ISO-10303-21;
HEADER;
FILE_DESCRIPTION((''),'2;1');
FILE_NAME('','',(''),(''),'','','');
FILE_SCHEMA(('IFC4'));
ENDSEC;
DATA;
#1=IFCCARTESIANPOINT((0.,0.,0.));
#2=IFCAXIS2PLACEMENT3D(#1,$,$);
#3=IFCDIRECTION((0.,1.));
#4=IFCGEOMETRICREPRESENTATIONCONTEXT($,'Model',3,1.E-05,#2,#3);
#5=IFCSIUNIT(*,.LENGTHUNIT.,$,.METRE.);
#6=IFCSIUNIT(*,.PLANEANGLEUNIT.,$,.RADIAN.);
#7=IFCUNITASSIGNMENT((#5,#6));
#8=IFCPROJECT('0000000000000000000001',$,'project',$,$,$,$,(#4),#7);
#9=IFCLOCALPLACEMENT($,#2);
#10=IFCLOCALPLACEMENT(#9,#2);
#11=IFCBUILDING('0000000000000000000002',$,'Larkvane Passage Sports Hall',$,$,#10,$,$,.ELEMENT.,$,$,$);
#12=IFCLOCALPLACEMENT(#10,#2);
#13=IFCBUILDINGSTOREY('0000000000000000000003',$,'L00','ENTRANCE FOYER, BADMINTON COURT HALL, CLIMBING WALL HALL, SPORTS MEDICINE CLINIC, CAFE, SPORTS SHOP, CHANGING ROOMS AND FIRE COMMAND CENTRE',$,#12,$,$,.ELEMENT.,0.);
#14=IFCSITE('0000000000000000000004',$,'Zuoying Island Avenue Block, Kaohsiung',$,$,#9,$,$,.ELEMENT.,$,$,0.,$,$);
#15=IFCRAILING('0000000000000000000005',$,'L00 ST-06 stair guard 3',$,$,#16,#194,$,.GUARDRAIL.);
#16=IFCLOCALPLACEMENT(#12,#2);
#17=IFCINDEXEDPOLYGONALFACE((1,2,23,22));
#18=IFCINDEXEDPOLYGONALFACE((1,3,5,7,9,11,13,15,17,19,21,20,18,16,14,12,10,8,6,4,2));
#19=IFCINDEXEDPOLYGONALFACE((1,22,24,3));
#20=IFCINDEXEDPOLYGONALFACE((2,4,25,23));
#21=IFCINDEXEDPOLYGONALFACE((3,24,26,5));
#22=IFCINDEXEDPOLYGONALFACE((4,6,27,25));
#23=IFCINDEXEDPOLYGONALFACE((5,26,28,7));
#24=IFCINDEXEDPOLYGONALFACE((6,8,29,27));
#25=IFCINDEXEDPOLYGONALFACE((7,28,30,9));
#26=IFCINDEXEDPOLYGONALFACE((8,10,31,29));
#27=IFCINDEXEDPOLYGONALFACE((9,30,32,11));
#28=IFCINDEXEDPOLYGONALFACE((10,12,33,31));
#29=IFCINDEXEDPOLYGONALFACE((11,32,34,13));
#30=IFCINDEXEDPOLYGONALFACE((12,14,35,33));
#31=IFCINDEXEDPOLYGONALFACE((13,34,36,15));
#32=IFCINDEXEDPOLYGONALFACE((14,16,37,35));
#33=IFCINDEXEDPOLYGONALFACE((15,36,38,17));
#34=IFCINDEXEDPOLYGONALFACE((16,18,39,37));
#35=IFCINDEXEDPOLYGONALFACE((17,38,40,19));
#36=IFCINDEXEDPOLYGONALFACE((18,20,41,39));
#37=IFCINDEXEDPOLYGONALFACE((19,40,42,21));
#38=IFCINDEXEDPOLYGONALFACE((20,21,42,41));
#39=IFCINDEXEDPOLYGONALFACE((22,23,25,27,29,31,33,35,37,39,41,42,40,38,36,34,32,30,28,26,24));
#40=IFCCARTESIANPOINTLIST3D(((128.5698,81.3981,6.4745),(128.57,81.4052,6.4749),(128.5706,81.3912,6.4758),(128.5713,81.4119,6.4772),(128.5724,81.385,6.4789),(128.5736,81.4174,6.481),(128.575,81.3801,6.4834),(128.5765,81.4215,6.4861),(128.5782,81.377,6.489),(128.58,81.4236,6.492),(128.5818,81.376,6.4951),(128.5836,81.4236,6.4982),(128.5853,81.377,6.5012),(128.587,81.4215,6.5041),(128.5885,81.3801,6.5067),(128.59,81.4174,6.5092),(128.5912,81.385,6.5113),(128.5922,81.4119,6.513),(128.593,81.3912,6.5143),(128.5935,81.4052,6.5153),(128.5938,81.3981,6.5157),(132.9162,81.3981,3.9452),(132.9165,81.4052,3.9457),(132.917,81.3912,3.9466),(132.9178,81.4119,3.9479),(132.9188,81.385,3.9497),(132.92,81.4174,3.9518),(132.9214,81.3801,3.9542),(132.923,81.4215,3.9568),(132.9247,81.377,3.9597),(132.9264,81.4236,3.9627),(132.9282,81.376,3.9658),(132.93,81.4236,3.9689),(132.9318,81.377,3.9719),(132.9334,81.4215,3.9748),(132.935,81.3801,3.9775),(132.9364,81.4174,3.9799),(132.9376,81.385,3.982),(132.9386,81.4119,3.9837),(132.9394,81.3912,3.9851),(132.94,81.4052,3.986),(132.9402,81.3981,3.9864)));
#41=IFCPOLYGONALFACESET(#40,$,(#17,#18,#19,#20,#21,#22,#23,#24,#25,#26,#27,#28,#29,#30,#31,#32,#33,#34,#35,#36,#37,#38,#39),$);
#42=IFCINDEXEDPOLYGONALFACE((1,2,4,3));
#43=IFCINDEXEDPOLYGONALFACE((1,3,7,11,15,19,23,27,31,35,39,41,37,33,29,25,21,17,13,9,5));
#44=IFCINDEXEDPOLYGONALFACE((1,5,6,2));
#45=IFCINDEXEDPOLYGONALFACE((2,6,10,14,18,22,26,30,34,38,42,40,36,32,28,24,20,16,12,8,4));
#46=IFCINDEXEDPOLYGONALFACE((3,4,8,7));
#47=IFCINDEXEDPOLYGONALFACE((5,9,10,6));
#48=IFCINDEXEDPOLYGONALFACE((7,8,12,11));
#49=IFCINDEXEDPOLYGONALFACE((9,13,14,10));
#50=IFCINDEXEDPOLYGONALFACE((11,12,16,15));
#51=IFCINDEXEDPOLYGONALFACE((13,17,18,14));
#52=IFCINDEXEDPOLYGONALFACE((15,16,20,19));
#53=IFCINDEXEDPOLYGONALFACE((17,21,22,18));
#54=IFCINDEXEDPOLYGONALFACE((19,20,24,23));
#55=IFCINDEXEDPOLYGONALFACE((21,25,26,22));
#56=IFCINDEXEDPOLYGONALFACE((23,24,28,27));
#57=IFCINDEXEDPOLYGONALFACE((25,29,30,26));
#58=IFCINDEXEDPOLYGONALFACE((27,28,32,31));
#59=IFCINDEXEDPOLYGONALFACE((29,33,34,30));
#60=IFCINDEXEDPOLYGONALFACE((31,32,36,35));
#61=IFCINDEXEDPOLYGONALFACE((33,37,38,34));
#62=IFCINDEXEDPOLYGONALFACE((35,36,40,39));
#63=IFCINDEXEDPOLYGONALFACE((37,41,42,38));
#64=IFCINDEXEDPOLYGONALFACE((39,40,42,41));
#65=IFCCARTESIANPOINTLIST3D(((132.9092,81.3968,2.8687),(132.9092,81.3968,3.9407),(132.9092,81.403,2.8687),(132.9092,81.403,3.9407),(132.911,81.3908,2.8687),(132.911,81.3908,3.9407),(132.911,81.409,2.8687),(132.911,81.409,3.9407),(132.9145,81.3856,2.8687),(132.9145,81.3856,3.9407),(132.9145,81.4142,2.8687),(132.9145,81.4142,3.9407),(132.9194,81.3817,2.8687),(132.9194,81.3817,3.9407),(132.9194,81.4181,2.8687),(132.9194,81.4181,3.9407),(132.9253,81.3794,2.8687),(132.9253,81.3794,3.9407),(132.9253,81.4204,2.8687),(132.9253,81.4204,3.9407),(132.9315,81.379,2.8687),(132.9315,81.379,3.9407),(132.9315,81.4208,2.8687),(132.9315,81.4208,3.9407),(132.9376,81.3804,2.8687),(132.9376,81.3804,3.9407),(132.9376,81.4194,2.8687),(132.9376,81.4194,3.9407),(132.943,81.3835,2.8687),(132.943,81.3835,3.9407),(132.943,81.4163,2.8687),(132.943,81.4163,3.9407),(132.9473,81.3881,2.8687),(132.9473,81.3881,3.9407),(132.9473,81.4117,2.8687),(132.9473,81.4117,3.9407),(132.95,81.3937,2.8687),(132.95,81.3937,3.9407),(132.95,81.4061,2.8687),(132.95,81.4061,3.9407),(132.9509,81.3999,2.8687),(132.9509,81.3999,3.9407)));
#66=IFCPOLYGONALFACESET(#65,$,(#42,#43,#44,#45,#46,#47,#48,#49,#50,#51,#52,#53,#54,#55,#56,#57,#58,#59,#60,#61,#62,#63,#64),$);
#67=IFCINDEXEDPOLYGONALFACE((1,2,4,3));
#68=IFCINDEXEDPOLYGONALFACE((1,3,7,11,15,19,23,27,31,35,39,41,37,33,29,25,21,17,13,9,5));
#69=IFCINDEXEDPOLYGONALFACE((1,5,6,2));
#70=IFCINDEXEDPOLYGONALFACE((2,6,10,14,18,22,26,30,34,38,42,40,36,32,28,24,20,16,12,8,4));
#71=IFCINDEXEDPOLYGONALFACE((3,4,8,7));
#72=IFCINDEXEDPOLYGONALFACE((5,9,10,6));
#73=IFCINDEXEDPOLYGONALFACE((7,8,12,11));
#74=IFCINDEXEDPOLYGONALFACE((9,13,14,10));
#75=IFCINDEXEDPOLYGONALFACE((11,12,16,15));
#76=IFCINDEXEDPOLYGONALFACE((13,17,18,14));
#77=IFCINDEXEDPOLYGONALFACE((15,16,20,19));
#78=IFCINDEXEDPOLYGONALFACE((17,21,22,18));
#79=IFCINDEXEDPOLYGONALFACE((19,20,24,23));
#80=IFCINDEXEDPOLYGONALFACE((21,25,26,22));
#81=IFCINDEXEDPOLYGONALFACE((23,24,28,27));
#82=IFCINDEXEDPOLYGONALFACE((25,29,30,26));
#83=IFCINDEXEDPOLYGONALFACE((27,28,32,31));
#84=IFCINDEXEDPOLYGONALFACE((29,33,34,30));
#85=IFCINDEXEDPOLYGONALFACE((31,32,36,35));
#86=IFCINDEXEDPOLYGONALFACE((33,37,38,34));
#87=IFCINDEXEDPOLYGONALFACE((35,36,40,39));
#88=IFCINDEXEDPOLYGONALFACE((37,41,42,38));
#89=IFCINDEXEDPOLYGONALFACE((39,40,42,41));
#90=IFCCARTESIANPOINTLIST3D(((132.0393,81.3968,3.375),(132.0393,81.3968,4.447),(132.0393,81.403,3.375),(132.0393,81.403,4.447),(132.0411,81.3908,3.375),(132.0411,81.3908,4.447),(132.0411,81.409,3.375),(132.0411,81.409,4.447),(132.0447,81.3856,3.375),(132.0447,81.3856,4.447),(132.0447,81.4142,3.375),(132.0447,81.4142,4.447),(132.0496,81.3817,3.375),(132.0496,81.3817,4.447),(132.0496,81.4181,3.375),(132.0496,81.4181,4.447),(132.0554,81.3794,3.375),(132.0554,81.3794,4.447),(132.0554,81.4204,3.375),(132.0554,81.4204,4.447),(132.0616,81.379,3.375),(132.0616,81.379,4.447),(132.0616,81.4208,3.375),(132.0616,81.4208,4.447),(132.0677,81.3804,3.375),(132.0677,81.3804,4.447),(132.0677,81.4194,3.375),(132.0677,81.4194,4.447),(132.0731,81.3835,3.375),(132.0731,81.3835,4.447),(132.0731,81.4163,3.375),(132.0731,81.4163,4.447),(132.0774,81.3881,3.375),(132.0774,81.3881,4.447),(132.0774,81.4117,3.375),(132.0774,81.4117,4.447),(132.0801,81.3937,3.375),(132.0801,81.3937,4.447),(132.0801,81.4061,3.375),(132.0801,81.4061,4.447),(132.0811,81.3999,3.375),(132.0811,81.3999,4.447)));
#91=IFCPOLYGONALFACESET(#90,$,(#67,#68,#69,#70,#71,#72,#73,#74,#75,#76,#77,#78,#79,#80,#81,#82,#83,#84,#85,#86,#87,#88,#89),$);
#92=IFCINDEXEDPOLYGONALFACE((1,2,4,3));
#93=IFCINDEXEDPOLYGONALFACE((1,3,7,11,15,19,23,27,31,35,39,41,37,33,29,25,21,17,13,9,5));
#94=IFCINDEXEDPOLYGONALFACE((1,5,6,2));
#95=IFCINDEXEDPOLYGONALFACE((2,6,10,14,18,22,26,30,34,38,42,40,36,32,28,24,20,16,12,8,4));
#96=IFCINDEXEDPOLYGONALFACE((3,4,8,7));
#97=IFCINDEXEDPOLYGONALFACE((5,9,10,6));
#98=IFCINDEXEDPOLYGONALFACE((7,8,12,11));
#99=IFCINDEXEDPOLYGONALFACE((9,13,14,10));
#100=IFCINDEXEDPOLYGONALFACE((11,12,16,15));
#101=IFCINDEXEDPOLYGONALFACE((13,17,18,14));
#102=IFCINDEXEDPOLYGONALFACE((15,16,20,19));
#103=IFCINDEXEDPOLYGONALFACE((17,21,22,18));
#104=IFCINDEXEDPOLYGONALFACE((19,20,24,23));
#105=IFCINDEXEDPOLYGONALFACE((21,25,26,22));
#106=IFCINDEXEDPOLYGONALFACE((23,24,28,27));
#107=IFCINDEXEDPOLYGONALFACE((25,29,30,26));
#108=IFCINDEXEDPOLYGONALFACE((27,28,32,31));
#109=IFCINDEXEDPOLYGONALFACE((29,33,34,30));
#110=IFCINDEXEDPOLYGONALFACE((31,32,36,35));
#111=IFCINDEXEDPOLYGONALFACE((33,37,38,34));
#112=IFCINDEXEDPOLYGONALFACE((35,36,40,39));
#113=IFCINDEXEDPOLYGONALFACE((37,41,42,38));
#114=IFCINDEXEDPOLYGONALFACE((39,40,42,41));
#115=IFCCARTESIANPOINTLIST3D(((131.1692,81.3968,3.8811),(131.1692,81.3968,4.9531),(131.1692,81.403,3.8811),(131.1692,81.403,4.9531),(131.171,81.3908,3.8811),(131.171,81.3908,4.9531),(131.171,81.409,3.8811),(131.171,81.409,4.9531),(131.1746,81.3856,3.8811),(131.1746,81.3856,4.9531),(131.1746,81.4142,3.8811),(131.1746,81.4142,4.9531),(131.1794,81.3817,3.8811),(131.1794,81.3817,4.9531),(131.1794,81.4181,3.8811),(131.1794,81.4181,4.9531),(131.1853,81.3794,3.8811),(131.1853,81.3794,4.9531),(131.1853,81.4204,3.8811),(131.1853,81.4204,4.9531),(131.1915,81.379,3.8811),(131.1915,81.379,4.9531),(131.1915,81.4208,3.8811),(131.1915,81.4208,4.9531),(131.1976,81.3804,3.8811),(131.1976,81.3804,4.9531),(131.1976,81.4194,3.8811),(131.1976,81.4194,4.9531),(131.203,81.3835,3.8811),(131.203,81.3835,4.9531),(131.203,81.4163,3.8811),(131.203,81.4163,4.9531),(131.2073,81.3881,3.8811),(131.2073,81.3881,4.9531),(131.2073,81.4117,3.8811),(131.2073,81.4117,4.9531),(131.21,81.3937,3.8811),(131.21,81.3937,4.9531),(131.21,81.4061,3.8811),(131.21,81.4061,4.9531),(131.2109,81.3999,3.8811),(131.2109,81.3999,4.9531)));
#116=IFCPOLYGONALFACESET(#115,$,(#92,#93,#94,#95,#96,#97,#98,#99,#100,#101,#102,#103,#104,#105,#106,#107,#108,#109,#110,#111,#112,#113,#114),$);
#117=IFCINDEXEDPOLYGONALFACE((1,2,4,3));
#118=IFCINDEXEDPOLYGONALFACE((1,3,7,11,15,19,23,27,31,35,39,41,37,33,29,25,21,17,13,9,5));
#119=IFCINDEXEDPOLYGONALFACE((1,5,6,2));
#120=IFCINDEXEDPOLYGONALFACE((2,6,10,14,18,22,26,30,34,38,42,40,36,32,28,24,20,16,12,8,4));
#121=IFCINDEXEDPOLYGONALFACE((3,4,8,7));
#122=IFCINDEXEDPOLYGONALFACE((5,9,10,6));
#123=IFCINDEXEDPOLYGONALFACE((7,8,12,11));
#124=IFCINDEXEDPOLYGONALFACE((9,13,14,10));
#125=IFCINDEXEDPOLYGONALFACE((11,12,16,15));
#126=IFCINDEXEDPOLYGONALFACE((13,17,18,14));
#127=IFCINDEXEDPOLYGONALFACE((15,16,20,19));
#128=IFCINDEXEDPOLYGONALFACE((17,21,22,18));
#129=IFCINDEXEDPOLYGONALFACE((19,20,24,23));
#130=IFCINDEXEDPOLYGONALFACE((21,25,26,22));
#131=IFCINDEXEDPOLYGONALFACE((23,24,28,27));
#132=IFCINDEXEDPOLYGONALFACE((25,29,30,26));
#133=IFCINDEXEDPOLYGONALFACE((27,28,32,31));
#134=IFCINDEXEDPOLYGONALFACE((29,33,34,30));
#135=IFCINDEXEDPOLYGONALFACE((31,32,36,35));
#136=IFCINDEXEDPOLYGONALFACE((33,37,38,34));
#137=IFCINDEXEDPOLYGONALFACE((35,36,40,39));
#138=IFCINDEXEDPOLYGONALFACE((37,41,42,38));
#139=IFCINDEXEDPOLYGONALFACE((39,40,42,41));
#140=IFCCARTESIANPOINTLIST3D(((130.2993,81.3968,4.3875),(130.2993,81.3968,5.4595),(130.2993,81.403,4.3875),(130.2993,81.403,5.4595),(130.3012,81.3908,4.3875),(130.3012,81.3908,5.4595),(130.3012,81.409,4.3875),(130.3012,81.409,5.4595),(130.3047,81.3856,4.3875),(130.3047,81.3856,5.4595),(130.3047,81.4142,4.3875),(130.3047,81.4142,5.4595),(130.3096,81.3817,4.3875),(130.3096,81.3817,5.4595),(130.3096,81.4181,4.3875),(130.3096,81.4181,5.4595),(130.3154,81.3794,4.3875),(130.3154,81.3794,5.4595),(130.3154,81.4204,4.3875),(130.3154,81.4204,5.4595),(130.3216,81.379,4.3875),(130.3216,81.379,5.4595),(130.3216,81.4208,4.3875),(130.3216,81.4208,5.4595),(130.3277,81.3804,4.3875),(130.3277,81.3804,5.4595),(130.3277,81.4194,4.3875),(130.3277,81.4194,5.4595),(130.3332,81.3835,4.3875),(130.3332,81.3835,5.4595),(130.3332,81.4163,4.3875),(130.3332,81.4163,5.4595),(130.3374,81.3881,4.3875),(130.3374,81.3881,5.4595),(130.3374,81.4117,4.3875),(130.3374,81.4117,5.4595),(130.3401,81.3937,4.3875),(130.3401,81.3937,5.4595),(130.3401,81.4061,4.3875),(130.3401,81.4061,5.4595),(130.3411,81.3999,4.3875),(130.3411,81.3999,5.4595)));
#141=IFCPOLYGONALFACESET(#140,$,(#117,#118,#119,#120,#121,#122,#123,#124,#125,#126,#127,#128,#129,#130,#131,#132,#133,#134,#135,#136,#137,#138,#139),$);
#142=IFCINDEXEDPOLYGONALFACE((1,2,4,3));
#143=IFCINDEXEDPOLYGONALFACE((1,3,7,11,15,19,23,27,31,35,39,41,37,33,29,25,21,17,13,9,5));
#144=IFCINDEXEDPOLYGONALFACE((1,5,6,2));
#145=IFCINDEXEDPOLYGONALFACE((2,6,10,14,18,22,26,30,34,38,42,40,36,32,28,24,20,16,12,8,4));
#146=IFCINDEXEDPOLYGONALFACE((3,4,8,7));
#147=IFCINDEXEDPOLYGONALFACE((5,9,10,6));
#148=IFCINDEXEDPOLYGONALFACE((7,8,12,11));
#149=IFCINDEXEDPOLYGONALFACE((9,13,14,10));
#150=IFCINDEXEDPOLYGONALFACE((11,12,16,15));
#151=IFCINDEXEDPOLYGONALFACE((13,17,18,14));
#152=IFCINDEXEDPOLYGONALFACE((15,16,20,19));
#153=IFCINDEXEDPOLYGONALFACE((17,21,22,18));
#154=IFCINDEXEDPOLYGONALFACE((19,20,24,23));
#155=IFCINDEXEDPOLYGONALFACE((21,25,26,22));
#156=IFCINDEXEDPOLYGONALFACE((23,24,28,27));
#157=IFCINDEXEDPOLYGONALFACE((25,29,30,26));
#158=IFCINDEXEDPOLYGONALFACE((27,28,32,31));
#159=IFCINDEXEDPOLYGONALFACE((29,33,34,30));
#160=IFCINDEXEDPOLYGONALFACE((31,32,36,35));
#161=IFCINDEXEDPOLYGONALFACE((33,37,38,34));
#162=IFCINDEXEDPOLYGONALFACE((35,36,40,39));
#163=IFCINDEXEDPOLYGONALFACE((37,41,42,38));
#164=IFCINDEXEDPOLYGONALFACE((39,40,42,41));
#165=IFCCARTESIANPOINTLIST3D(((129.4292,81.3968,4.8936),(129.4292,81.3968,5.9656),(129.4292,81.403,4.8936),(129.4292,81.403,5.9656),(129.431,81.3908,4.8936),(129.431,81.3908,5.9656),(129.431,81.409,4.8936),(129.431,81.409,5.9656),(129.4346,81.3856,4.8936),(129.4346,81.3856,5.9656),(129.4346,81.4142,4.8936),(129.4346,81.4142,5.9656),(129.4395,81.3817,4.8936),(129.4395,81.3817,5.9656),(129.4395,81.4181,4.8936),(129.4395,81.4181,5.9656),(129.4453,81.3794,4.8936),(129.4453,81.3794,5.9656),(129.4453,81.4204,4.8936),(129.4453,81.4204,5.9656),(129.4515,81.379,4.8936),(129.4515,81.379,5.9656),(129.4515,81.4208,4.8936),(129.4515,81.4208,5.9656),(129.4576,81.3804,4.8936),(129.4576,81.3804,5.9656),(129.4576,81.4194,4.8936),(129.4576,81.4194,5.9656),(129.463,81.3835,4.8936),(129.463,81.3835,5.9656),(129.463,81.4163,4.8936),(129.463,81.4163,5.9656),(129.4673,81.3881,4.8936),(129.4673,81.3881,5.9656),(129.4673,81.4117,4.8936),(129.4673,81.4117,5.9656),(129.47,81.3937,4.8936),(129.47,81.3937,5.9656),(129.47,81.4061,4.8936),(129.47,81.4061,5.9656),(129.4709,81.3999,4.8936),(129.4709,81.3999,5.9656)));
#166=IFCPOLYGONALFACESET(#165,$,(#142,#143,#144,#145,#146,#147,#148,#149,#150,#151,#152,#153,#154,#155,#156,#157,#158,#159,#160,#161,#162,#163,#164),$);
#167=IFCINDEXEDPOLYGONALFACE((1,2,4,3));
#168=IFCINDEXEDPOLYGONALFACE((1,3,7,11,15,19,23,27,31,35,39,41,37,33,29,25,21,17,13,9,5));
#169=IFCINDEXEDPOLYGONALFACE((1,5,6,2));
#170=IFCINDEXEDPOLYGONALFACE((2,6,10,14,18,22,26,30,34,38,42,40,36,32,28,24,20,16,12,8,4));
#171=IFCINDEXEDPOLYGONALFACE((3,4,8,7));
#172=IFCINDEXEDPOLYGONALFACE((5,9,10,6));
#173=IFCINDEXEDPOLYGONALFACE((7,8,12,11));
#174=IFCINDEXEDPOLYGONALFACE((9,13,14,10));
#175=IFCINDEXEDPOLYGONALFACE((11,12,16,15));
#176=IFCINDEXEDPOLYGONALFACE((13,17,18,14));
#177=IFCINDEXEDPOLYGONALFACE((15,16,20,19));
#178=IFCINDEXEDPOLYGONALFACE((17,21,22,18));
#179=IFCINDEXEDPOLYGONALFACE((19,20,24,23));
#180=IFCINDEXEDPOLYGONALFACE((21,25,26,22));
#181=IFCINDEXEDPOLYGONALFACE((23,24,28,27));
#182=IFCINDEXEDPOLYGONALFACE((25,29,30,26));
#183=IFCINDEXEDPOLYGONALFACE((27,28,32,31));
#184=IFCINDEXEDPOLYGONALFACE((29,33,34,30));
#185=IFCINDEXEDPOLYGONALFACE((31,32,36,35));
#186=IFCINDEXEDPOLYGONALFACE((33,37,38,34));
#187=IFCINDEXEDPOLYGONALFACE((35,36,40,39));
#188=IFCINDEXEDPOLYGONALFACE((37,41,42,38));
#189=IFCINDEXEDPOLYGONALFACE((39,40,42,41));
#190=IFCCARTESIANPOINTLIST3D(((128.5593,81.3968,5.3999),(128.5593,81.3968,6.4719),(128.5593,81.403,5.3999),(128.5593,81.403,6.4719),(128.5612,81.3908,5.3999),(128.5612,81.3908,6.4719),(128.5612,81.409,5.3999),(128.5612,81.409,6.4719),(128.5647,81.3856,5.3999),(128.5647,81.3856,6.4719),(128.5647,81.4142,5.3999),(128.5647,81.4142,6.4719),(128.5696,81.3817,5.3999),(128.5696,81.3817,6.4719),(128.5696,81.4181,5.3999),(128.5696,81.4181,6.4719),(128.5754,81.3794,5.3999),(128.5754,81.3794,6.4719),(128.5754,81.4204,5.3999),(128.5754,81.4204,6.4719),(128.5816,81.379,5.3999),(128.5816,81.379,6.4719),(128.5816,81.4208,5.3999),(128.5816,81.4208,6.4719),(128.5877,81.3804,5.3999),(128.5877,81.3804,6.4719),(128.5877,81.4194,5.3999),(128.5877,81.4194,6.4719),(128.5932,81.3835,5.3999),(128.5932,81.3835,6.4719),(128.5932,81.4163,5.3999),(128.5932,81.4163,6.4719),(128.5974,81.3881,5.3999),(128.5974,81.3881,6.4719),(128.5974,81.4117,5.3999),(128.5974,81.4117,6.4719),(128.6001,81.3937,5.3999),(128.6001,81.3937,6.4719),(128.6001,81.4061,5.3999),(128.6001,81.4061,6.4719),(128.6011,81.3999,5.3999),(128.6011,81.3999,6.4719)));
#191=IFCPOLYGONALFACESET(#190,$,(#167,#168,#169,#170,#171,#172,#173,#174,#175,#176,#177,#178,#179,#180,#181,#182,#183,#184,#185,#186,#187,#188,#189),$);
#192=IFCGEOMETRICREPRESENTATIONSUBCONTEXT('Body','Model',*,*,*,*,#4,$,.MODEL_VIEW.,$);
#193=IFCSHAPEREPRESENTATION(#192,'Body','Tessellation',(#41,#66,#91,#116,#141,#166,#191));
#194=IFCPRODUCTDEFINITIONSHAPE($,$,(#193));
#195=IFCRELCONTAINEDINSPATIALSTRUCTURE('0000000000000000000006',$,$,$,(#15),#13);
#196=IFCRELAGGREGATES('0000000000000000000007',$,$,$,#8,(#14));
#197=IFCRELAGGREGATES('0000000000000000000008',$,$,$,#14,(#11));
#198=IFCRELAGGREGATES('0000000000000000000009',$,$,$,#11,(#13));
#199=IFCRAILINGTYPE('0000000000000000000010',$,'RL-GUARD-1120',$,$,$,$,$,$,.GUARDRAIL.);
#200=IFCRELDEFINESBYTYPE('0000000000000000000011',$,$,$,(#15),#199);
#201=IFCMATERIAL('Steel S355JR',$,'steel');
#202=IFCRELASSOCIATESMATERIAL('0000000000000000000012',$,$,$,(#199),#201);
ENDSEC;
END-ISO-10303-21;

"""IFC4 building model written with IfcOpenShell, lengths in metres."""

from ifc_helpers import new_model, si_unit, direction, frame, origin, origin_2d, place, context, subcontext, project, spatial, circle, extrude, material, type_object, element, save


model = new_model("IFC4")

# Units and contexts
model_context = context("Model", 3, precision=1e-05, world=origin(), true_north=direction((0.0, 1.0)))
body_context = subcontext(model_context, "Body", "Model", "MODEL_VIEW")
ifc_project = project(units=[si_unit("LENGTHUNIT", "METRE"), si_unit("PLANEANGLEUNIT", "RADIAN")], contexts=[model_context])

# Site, building, storey
site_placement = place(None, origin())
site = spatial("IfcSite", under=ifc_project, at=site_placement, Name="Zuoying Island Avenue Block, Kaohsiung", CompositionType="ELEMENT", RefElevation=0.0)
building_placement = place(site_placement, origin())
building = spatial("IfcBuilding", under=site, at=building_placement, Name="Larkvane Passage Sports Hall", CompositionType="ELEMENT")
storey_placement = place(building_placement, origin())
storey = spatial("IfcBuildingStorey", under=building, at=storey_placement, Name="L00", Description="ENTRANCE FOYER, BADMINTON COURT HALL, CLIMBING WALL HALL, SPORTS MEDICINE CLINIC, CAFE, SPORTS SHOP, CHANGING ROOMS AND FIRE COMMAND CENTRE", CompositionType="ELEMENT", Elevation=0.0)

# Shared definitions
ifc_material_1 = material(Name="Steel S355JR", Category="steel")

# Railing
railing_type_1 = type_object("IfcRailingType", Name="RL-GUARD-1120", PredefinedType="GUARDRAIL", material=ifc_material_1)
railing_1_placement = place(storey_placement, frame((132.9299, 81.3999, 2.8687)))
element("IfcRailing", 1, at=railing_1_placement, inside=storey, type_object=railing_type_1, Name="L00 ST-06 stair guard 3", PredefinedType="GUARDRAIL", context=body_context, shape_type="SweptSolid", body=[
    extrude(circle(Radius=0.0239, at=origin_2d()), frame((-0.0017, 0.0, 1.0972), z_axis=(-0.864312, 0.0, 0.502957), x_axis=(0.0, -1.0, 0.0)), (0.0, 0.0, 1.0), 5.0288),
    extrude(circle(Radius=0.021, at=origin_2d()), origin(), (0.0, 0.0, 1.0), 1.072),
    extrude(circle(Radius=0.021, at=origin_2d()), frame((-0.8699, 0.0, 0.5063)), (0.0, 0.0, 1.0), 1.072),
    extrude(circle(Radius=0.021, at=origin_2d()), frame((-1.74, 0.0, 1.0125)), (0.0, 0.0, 1.0), 1.072),
    extrude(circle(Radius=0.021, at=origin_2d()), frame((-2.6099, 0.0, 1.5188)), (0.0, 0.0, 1.0), 1.072),
    extrude(circle(Radius=0.021, at=origin_2d()), frame((-3.48, 0.0, 2.0249)), (0.0, 0.0, 1.0), 1.072),
    extrude(circle(Radius=0.021, at=origin_2d()), frame((-4.3499, 0.0, 2.5312)), (0.0, 0.0, 1.0), 1.072),
])

save(model, "model.ifc")
